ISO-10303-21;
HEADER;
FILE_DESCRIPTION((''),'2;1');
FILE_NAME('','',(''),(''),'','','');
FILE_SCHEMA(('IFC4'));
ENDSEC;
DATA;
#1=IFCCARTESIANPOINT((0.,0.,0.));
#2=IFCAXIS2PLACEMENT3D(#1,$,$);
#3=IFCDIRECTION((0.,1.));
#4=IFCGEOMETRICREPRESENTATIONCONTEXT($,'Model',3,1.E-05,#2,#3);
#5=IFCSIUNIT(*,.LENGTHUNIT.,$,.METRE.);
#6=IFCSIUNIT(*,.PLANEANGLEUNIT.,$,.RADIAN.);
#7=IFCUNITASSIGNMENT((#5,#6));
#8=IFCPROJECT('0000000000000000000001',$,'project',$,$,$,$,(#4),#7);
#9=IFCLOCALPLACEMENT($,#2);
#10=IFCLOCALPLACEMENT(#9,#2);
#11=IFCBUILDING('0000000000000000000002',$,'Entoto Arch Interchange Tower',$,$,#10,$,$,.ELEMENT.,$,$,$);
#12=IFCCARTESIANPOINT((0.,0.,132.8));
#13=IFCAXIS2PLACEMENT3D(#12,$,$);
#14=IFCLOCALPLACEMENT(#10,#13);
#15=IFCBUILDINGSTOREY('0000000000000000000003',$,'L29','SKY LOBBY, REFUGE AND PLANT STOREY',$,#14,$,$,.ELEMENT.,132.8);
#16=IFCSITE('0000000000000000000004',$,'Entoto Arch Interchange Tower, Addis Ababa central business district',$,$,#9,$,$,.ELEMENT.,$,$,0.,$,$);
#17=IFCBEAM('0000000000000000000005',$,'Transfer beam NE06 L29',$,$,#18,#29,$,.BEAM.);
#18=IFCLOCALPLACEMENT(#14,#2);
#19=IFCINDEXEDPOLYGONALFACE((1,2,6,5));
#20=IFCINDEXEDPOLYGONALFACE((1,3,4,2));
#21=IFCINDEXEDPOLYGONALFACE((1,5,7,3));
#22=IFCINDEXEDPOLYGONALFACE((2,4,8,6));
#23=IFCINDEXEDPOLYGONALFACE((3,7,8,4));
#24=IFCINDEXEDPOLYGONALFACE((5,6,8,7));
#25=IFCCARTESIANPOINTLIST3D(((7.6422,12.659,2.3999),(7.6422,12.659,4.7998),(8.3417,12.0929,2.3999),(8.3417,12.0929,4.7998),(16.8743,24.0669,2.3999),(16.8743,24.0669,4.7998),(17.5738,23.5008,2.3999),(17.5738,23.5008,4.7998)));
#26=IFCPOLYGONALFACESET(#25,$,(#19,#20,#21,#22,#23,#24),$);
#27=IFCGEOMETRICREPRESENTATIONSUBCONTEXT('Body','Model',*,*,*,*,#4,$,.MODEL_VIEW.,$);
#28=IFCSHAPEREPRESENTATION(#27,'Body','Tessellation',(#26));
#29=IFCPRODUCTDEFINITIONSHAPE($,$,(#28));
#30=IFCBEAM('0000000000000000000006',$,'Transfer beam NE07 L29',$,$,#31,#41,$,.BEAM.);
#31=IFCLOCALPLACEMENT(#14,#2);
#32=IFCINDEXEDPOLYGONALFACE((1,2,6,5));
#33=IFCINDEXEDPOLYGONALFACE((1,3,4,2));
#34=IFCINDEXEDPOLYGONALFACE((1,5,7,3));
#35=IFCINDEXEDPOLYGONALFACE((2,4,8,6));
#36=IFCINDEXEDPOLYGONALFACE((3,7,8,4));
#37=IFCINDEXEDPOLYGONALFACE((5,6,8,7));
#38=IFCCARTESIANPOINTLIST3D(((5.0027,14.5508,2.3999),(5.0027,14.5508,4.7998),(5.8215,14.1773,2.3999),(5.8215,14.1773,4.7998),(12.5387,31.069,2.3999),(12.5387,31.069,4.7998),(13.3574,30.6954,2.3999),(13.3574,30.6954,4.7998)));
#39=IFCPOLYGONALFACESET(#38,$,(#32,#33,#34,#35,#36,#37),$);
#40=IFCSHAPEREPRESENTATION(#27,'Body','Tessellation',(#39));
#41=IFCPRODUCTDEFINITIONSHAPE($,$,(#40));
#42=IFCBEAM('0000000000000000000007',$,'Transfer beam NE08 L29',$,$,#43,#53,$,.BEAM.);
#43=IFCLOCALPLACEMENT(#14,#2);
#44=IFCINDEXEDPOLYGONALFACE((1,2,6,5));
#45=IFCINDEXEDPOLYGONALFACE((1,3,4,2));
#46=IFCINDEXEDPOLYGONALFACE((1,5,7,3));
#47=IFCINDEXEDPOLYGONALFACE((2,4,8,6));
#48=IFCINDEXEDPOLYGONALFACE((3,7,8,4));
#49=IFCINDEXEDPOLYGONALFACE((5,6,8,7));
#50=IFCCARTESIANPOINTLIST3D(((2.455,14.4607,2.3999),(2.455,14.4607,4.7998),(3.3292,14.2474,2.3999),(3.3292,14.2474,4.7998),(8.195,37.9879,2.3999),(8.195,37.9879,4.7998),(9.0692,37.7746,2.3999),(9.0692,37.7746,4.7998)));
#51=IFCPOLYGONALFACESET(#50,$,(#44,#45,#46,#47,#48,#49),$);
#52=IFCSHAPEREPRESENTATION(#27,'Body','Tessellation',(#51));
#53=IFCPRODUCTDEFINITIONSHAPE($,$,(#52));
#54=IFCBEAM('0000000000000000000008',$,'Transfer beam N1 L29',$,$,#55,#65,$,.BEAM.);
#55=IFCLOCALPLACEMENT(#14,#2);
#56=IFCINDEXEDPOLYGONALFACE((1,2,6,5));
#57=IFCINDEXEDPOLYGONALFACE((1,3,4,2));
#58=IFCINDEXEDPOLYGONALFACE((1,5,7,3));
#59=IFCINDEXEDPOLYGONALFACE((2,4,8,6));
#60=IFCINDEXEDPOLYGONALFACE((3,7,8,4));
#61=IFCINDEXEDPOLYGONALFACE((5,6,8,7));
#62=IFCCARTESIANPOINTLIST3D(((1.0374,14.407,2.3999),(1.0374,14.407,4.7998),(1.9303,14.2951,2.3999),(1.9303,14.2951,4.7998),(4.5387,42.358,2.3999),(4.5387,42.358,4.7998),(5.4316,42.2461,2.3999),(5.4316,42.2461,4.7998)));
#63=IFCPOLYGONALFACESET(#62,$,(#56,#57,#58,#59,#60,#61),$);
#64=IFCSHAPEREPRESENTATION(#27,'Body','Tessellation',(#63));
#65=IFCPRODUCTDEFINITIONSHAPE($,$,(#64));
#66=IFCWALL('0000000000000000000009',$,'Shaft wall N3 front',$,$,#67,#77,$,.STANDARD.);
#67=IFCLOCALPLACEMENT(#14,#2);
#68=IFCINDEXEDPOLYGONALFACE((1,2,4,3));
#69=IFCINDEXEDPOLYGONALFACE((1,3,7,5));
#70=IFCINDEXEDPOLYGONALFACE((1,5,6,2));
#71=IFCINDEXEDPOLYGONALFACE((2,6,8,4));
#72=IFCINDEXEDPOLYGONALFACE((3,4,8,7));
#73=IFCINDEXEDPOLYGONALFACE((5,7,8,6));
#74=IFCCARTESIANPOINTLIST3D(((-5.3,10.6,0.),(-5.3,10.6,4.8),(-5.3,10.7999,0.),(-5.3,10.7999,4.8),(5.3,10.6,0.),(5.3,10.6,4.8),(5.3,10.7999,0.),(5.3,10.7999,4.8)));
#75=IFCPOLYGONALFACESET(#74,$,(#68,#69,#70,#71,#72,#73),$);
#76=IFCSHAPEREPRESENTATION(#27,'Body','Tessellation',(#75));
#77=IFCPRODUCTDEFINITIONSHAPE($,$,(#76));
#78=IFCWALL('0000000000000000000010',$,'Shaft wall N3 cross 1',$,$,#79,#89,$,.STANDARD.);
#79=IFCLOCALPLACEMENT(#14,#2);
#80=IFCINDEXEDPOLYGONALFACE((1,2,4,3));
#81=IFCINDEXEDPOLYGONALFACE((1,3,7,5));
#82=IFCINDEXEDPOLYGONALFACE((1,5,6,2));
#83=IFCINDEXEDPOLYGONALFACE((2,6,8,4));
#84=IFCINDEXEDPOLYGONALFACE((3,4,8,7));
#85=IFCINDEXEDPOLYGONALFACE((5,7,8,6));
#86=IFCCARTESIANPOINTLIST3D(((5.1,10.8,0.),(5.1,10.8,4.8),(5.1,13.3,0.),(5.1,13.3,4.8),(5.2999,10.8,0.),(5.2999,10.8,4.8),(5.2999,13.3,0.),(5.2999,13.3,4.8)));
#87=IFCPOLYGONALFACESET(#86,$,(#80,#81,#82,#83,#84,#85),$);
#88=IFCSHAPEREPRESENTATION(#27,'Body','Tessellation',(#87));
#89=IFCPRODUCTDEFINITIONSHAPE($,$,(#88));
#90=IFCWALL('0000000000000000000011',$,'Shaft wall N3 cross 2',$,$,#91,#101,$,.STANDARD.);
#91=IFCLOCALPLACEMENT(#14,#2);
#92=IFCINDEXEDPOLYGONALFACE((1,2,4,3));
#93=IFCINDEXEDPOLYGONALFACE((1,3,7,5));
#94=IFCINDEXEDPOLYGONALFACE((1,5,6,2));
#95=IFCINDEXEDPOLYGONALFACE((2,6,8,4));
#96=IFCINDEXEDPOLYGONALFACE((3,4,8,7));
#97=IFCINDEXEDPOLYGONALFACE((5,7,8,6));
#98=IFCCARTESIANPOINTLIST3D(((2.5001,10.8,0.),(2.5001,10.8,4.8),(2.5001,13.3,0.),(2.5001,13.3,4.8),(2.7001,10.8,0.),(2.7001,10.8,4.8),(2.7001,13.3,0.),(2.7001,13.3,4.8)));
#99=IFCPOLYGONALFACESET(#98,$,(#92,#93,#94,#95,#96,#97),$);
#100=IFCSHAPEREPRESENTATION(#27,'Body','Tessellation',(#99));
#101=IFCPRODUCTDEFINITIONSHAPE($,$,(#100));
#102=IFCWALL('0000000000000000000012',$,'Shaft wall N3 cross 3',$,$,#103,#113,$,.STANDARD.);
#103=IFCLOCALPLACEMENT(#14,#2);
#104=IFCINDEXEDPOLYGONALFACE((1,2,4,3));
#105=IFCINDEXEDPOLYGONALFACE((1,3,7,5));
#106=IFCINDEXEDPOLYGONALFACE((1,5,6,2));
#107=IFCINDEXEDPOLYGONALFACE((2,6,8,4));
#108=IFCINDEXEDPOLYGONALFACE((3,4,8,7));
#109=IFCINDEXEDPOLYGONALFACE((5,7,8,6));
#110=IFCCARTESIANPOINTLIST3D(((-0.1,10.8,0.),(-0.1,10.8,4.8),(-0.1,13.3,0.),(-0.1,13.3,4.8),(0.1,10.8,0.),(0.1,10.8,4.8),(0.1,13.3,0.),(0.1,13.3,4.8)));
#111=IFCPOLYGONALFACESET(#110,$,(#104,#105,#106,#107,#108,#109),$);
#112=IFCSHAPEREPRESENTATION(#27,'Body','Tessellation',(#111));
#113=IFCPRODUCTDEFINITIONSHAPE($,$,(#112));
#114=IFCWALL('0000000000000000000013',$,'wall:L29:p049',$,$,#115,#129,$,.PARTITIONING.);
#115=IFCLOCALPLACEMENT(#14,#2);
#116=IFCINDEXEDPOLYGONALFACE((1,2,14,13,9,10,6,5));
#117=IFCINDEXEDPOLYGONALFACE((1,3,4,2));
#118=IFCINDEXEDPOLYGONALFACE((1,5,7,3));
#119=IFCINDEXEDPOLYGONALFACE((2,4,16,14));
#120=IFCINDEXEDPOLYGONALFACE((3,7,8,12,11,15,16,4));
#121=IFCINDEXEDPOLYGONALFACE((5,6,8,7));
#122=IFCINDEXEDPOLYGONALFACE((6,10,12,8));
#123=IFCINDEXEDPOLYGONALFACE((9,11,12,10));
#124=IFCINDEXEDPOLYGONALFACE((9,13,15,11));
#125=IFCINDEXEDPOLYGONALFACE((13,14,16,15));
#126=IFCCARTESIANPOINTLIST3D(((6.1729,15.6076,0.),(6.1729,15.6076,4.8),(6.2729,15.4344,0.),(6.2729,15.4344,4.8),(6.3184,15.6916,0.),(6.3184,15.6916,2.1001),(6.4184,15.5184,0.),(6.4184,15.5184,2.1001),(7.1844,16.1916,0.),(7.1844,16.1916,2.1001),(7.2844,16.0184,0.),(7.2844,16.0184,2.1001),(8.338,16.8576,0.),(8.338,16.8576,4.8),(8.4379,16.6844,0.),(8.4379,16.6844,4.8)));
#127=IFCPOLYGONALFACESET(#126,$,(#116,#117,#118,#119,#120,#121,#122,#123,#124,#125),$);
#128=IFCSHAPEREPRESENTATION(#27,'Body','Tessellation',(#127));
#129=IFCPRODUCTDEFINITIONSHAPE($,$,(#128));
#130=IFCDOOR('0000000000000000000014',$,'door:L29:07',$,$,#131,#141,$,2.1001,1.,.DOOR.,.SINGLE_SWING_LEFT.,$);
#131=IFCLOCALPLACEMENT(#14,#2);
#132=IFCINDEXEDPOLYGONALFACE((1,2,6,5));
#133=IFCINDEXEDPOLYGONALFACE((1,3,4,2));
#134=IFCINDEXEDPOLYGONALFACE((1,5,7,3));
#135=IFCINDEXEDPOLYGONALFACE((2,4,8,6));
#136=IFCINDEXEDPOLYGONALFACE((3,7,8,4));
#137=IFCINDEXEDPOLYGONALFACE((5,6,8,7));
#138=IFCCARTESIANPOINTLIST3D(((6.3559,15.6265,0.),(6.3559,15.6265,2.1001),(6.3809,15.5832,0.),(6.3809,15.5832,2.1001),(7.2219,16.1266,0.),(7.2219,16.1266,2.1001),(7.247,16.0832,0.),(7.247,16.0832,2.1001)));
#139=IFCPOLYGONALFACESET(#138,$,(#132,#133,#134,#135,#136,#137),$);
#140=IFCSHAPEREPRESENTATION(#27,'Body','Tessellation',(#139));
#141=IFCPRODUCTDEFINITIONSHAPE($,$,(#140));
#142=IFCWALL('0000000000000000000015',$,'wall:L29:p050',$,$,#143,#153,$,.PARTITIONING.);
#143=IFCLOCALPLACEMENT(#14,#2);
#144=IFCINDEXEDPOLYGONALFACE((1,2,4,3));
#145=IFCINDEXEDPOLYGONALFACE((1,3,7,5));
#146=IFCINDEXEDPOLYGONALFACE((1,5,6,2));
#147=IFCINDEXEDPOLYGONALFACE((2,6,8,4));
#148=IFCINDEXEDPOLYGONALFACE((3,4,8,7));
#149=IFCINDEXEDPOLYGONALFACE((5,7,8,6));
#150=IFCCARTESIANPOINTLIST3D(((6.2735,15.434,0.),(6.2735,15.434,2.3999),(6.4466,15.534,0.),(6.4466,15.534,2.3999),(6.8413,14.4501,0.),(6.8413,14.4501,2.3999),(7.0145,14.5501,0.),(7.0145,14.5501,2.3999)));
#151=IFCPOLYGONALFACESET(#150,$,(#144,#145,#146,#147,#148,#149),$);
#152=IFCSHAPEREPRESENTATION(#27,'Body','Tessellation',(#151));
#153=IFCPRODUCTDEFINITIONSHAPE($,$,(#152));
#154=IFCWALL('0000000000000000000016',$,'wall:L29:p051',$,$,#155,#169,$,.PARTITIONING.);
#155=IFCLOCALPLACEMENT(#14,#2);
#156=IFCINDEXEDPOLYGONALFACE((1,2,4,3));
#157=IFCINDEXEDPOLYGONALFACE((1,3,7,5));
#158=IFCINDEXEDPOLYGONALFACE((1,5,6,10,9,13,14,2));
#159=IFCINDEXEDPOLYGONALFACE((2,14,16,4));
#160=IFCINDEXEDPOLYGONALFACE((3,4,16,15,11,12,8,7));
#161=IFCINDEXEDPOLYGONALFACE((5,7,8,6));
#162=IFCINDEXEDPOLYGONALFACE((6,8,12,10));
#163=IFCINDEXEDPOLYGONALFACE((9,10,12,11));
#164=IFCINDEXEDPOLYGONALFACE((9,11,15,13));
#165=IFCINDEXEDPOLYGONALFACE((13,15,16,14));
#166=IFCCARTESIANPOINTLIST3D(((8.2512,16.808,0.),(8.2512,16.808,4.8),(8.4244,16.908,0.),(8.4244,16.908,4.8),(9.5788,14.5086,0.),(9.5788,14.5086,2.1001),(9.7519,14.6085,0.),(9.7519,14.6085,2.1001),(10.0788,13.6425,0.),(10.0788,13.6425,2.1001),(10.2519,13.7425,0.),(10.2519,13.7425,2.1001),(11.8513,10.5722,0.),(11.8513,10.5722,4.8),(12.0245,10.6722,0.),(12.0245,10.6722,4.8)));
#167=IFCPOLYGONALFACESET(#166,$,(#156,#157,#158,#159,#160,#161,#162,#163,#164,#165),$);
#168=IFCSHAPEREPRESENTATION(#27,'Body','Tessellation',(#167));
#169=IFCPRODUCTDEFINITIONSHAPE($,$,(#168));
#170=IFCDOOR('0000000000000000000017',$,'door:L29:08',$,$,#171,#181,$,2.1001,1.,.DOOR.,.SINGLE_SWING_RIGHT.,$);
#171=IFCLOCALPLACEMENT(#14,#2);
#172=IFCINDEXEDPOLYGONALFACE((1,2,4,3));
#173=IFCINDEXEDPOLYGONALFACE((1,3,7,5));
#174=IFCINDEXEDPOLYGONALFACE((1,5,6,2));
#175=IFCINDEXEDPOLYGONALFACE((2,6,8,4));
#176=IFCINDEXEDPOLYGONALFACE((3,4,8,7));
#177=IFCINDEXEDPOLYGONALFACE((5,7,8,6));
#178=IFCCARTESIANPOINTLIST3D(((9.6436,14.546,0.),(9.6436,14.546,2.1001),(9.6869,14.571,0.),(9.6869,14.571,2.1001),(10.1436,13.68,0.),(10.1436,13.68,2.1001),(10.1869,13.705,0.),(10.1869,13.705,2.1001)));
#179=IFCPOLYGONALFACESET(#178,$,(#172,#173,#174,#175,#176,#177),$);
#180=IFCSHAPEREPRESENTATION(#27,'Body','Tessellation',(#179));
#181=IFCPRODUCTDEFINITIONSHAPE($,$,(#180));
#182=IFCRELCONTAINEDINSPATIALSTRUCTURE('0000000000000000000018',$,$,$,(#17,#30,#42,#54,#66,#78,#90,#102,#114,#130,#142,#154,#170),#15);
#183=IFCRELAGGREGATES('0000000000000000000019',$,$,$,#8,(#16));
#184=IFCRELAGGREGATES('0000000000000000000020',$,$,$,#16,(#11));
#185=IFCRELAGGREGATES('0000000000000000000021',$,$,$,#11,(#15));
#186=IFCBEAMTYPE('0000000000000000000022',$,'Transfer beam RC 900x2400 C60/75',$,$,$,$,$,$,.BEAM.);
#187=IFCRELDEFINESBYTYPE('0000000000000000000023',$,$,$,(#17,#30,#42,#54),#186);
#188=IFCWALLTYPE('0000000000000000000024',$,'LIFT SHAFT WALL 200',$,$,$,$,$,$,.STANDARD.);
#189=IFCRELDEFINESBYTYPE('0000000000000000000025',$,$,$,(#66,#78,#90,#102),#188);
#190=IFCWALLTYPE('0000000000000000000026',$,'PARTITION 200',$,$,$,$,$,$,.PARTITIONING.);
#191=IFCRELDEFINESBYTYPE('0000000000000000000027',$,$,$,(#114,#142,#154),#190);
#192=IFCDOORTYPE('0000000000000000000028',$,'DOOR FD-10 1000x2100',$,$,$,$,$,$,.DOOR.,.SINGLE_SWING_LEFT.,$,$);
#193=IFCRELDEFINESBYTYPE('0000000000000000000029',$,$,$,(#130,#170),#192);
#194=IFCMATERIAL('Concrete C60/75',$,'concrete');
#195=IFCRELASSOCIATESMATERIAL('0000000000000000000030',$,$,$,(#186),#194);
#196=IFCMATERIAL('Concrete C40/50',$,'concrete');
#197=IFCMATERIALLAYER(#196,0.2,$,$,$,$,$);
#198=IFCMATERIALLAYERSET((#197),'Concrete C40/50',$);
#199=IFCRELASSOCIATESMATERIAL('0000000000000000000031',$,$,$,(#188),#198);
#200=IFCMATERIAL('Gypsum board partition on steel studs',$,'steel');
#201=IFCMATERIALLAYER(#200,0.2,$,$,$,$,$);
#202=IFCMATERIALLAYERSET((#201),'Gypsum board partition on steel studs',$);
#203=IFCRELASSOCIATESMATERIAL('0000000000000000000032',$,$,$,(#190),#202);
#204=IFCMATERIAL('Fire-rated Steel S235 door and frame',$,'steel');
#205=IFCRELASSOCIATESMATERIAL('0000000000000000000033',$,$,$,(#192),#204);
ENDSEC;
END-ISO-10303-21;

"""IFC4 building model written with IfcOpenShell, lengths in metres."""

from ifc_helpers import new_model, si_unit, direction, frame, frame_2d, origin, origin_2d, place, context, subcontext, project, spatial, rectangle, extrude, material, layer, layer_set, material_profile, profile_set, type_object, element, fill, save


model = new_model("IFC4")

# Units and contexts
model_context = context("Model", 3, precision=1e-05, world=origin(), true_north=direction((0.0, 1.0)))
body_context = subcontext(model_context, "Body", "Model", "MODEL_VIEW")
ifc_project = project(units=[si_unit("LENGTHUNIT", "METRE"), si_unit("PLANEANGLEUNIT", "RADIAN")], contexts=[model_context])

# Site, building, storey
site_placement = place(None, origin())
site = spatial("IfcSite", under=ifc_project, at=site_placement, Name="Entoto Arch Interchange Tower, Addis Ababa central business district", CompositionType="ELEMENT", RefElevation=0.0)
building_placement = place(site_placement, origin())
building = spatial("IfcBuilding", under=site, at=building_placement, Name="Entoto Arch Interchange Tower", CompositionType="ELEMENT")
storey_placement = place(building_placement, frame((0.0, 0.0, 132.8)))
storey = spatial("IfcBuildingStorey", under=building, at=storey_placement, Name="L29", Description="SKY LOBBY, REFUGE AND PLANT STOREY", CompositionType="ELEMENT", Elevation=132.8)

# Beams
ifc_material_1 = material(Name="Concrete C60/75", Category="concrete")
ifc_material_profile = material_profile(ifc_material_1, rectangle(XDim=0.8999, YDim=2.3999, at=origin_2d()))
ifc_profile_set = profile_set([ifc_material_profile], Name="Concrete C60/75")
beam_type = type_object("IfcBeamType", Name="Transfer beam RC 900x2400 C60/75", PredefinedType="BEAM", material=ifc_profile_set)
beam_1_placement = place(storey_placement, frame((7.9919, 12.376, 3.5999), z_axis=(0.629081, 0.777339, 0.0), x_axis=(-0.777339, 0.629081, 0.0)))
element("IfcBeam", 1, at=beam_1_placement, inside=storey, type_object=beam_type, Name="Transfer beam NE06 L29", PredefinedType="BEAM", context=body_context, shape_type="SweptSolid", body=[
    extrude(rectangle(XDim=0.8999, YDim=2.3999, at=origin_2d()), origin(), (0.0, 0.0, 1.0), 14.6755),
])
beam_2_placement = place(storey_placement, frame((5.4121, 14.364, 3.5999), z_axis=(0.415066, 0.909791, 0.0), x_axis=(-0.909791, 0.415066, 0.0)))
element("IfcBeam", 2, at=beam_2_placement, inside=storey, type_object=beam_type, Name="Transfer beam NE07 L29", PredefinedType="BEAM", context=body_context, shape_type="SweptSolid", body=[
    extrude(rectangle(XDim=0.8999, YDim=2.3999, at=origin_2d()), origin(), (0.0, 0.0, 1.0), 18.156),
])
beam_3_placement = place(storey_placement, frame((2.8921, 14.354, 3.5999), z_axis=(0.237021, 0.971504, 0.0), x_axis=(-0.971504, 0.237021, 0.0)))
element("IfcBeam", 3, at=beam_3_placement, inside=storey, type_object=beam_type, Name="Transfer beam NE08 L29", PredefinedType="BEAM", context=body_context, shape_type="SweptSolid", body=[
    extrude(rectangle(XDim=0.8999, YDim=2.3999, at=origin_2d()), origin(), (0.0, 0.0, 1.0), 24.2173),
])
beam_4_placement = place(storey_placement, frame((1.4839, 14.3511, 3.5999), z_axis=(0.124292, 0.992246, 0.0), x_axis=(-0.992246, 0.124292, 0.0)))
element("IfcBeam", 4, at=beam_4_placement, inside=storey, type_object=beam_type, Name="Transfer beam N1 L29", PredefinedType="BEAM", context=body_context, shape_type="SweptSolid", body=[
    extrude(rectangle(XDim=0.8999, YDim=2.3999, at=origin_2d()), origin(), (0.0, 0.0, 1.0), 28.1694),
])

# Walls
ifc_material_2 = material(Name="Concrete C40/50", Category="concrete")
ifc_layer_1 = layer(ifc_material_2, 0.2)
ifc_layer_set_1 = layer_set([ifc_layer_1], Name="Concrete C40/50")
wall_type_1 = type_object("IfcWallType", Name="LIFT SHAFT WALL 200", PredefinedType="STANDARD", material=ifc_layer_set_1)
wall_1_placement = place(storey_placement, frame((5.3, 10.7, 0.0), z_axis=(0.0, 0.0, 1.0), x_axis=(-1.0, 0.0, 0.0)))
element("IfcWall", 5, at=wall_1_placement, inside=storey, type_object=wall_type_1, Name="Shaft wall N3 front", PredefinedType="STANDARD", context=body_context, shape_type="SweptSolid", body=[
    extrude(rectangle(XDim=10.6001, YDim=0.2, at=frame_2d((5.3, 0.0))), origin(), (0.0, 0.0, 1.0), 4.8),
])
for number, where, z_axis, x_axis, name in (
    (6, (5.2, 10.8, 0.0), (0.0, 0.0, 1.0), (0.0, 1.0, 0.0), "Shaft wall N3 cross 1"),
    (7, (2.6001, 10.8, 0.0), (0.0, 0.0, 1.0), (0.0, 1.0, 0.0), "Shaft wall N3 cross 2"),
    (8, (0.0, 10.8, 0.0), (0.0, 0.0, 1.0), (0.0, 1.0, 0.0), "Shaft wall N3 cross 3"),
):
    element("IfcWall", number, at=place(storey_placement, frame(where, z_axis=z_axis, x_axis=x_axis)), inside=storey, type_object=wall_type_1, Name=name, PredefinedType="STANDARD", context=body_context, shape_type="SweptSolid", body=[
        extrude(rectangle(XDim=2.5, YDim=0.2, at=frame_2d((1.25, 0.0))), origin(), (0.0, 0.0, 1.0), 4.8),
    ])

# Wall, opening, door
ifc_material_3 = material(Name="Gypsum board partition on steel studs", Category="steel")
ifc_layer_2 = layer(ifc_material_3, 0.2)
ifc_layer_set_2 = layer_set([ifc_layer_2], Name="Gypsum board partition on steel studs")
wall_type_2 = type_object("IfcWallType", Name="PARTITION 200", PredefinedType="PARTITIONING", material=ifc_layer_set_2)
wall_2_placement = place(storey_placement, frame((6.2229, 15.521, 0.0), z_axis=(0.0, 0.0, 1.0), x_axis=(0.866023, 0.500004, 0.0)))
wall_2 = element("IfcWall", 9, at=wall_2_placement, inside=storey, type_object=wall_type_2, Name="wall:L29:p049", PredefinedType="PARTITIONING", context=body_context, shape_type="SweptSolid", body=[
    extrude(rectangle(XDim=2.5, YDim=0.2, at=frame_2d((1.25, 0.0))), origin(), (0.0, 0.0, 1.0), 4.8),
])
opening_1_placement = place(wall_2_placement, frame((0.168, 0.0, 0.0)))
opening_1 = element("IfcOpeningElement", 10, at=opening_1_placement, cuts=wall_2, PredefinedType="OPENING", context=body_context, shape_type="SweptSolid", body=[
    extrude(rectangle(XDim=1.0, YDim=2.1001, at=frame_2d((0.5, 1.05))), frame((0.0, 0.1099, 0.0), z_axis=(0.0, -1.0, 0.0), x_axis=(1.0, 0.0, 0.0)), (0.0, 0.0, 1.0), 0.22),
])
ifc_material_4 = material(Name="Fire-rated Steel S235 door and frame", Category="steel")
door_type = type_object("IfcDoorType", Name="DOOR FD-10 1000x2100", OperationType="SINGLE_SWING_LEFT", PredefinedType="DOOR", material=ifc_material_4)
door_1_placement = place(opening_1_placement, origin())
door_1 = element("IfcDoor", 11, at=door_1_placement, inside=storey, type_object=door_type, Name="door:L29:07", OperationType="SINGLE_SWING_LEFT", OverallHeight=2.1001, OverallWidth=1.0, PredefinedType="DOOR", context=body_context, shape_type="SweptSolid", body=[
    extrude(rectangle(XDim=1.0, YDim=2.1001, at=frame_2d((0.5, 1.05))), frame((0.0, 0.0249, 0.0), z_axis=(0.0, -1.0, 0.0), x_axis=(1.0, 0.0, 0.0)), (0.0, 0.0, 1.0), 0.05),
])
fill(opening_1, door_1)

# Wall
wall_3_placement = place(storey_placement, frame((6.3601, 15.4839, 0.0), z_axis=(0.0, 0.0, 1.0), x_axis=(0.499884, -0.866093, 0.0)))
element("IfcWall", 12, at=wall_3_placement, inside=storey, type_object=wall_type_2, Name="wall:L29:p050", PredefinedType="PARTITIONING", context=body_context, shape_type="SweptSolid", body=[
    extrude(rectangle(XDim=1.136, YDim=0.2, at=frame_2d((0.5679, 0.0))), origin(), (0.0, 0.0, 1.0), 2.3999),
])

# Wall, opening, door
wall_4_placement = place(storey_placement, frame((8.3379, 16.8579, 0.0), z_axis=(0.0, 0.0, 1.0), x_axis=(0.499983, -0.866035, 0.0)))
wall_4 = element("IfcWall", 13, at=wall_4_placement, inside=storey, type_object=wall_type_2, Name="wall:L29:p051", PredefinedType="PARTITIONING", context=body_context, shape_type="SweptSolid", body=[
    extrude(rectangle(XDim=7.2004, YDim=0.2, at=frame_2d((3.6001, 0.0))), origin(), (0.0, 0.0, 1.0), 4.8),
])
opening_2_placement = place(wall_4_placement, frame((2.655, 0.0, 0.0)))
opening_2 = element("IfcOpeningElement", 14, at=opening_2_placement, cuts=wall_4, PredefinedType="OPENING", context=body_context, shape_type="SweptSolid", body=[
    extrude(rectangle(XDim=1.0, YDim=2.1001, at=frame_2d((0.5, 1.05))), frame((0.0, 0.1099, 0.0), z_axis=(0.0, -1.0, 0.0), x_axis=(1.0, 0.0, 0.0)), (0.0, 0.0, 1.0), 0.22),
])
door_2_placement = place(opening_2_placement, origin())
door_2 = element("IfcDoor", 15, at=door_2_placement, inside=storey, type_object=door_type, Name="door:L29:08", OperationType="SINGLE_SWING_RIGHT", OverallHeight=2.1001, OverallWidth=1.0, PredefinedType="DOOR", context=body_context, shape_type="SweptSolid", body=[
    extrude(rectangle(XDim=1.0, YDim=2.1001, at=frame_2d((0.5, 1.05))), frame((0.0, 0.0249, 0.0), z_axis=(0.0, -1.0, 0.0), x_axis=(1.0, 0.0, 0.0)), (0.0, 0.0, 1.0), 0.05),
])
fill(opening_2, door_2)

save(model, "model.ifc")
